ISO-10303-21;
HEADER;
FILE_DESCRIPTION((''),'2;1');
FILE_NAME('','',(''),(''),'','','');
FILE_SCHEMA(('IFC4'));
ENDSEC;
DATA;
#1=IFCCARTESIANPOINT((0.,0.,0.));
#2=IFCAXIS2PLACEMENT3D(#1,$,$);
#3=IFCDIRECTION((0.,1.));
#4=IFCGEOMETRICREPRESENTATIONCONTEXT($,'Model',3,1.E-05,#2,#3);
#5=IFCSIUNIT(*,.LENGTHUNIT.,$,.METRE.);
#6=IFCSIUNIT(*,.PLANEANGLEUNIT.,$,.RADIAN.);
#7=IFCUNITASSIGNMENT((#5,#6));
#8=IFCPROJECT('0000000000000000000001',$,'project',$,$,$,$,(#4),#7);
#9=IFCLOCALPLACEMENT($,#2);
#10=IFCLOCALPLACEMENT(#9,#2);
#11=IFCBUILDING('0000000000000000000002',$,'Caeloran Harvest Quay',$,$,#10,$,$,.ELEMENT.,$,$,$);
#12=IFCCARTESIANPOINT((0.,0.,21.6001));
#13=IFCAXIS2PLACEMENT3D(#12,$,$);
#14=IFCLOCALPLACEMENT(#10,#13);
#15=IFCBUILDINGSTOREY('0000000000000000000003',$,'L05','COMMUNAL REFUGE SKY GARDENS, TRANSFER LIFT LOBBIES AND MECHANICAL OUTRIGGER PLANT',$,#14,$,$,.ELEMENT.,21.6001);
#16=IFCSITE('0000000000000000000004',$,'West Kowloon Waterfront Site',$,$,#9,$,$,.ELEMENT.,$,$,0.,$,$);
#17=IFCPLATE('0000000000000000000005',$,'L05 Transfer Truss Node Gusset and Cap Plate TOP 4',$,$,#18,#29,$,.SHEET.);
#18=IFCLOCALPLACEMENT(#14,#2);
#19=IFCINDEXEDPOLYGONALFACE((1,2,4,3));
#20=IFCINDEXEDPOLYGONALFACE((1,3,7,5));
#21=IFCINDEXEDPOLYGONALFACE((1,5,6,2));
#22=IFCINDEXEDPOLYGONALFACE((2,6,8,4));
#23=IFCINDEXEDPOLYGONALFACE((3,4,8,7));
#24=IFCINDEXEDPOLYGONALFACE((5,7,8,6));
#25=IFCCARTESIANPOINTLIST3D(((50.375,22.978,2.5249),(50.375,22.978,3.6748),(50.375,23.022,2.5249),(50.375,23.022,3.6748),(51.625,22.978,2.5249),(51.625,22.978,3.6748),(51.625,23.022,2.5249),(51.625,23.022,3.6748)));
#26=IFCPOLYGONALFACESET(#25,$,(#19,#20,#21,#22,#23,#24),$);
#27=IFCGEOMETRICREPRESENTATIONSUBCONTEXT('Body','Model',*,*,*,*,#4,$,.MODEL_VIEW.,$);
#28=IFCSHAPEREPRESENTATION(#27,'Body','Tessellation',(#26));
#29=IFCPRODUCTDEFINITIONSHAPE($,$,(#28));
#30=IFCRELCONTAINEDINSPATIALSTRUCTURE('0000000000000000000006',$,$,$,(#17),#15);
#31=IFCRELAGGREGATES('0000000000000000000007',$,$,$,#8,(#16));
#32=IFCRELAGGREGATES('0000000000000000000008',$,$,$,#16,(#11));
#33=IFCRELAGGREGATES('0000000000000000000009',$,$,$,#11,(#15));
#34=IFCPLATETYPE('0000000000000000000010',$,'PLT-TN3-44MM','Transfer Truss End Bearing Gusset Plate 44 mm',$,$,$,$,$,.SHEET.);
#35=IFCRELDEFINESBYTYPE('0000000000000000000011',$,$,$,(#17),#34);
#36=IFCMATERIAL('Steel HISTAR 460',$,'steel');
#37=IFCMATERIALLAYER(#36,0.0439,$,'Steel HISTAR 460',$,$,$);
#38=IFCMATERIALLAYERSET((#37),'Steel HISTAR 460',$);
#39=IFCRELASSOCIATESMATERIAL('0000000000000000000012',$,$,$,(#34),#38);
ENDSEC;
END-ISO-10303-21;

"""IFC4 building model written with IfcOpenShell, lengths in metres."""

from ifc_helpers import new_model, si_unit, direction, frame, origin, origin_2d, place, context, subcontext, project, spatial, rectangle, extrude, material, layer, layer_set, type_object, element, save


model = new_model("IFC4")

# Units and contexts
model_context = context("Model", 3, precision=1e-05, world=origin(), true_north=direction((0.0, 1.0)))
body_context = subcontext(model_context, "Body", "Model", "MODEL_VIEW")
ifc_project = project(units=[si_unit("LENGTHUNIT", "METRE"), si_unit("PLANEANGLEUNIT", "RADIAN")], contexts=[model_context])

# Site, building, storey
site_placement = place(None, origin())
site = spatial("IfcSite", under=ifc_project, at=site_placement, Name="West Kowloon Waterfront Site", CompositionType="ELEMENT", RefElevation=0.0)
building_placement = place(site_placement, origin())
building = spatial("IfcBuilding", under=site, at=building_placement, Name="Caeloran Harvest Quay", CompositionType="ELEMENT")
storey_placement = place(building_placement, frame((0.0, 0.0, 21.6001)))
storey = spatial("IfcBuildingStorey", under=building, at=storey_placement, Name="L05", Description="COMMUNAL REFUGE SKY GARDENS, TRANSFER LIFT LOBBIES AND MECHANICAL OUTRIGGER PLANT", CompositionType="ELEMENT", Elevation=21.6001)

# Shared definitions
ifc_material_1 = material(Name="Steel HISTAR 460", Category="steel")

# Plate
ifc_layer_1 = layer(ifc_material_1, 0.0439, Name="Steel HISTAR 460")
ifc_layer_set_1 = layer_set([ifc_layer_1], Name="Steel HISTAR 460")
plate_type_1 = type_object("IfcPlateType", Name="PLT-TN3-44MM", Description="Transfer Truss End Bearing Gusset Plate 44 mm", PredefinedType="SHEET", material=ifc_layer_set_1)
plate_1_placement = place(storey_placement, frame((51.0, 23.0, 2.5249), z_axis=(0.0, 0.0, 1.0), x_axis=(1.0, 0.0, 0.0)))
element("IfcPlate", 1, at=plate_1_placement, inside=storey, type_object=plate_type_1, Name="L05 Transfer Truss Node Gusset and Cap Plate TOP 4", PredefinedType="SHEET", context=body_context, shape_type="SweptSolid", body=[
    extrude(rectangle(XDim=1.25, YDim=0.0439, at=origin_2d()), origin(), (0.0, 0.0, 1.0), 1.1499),
])

save(model, "model.ifc")
